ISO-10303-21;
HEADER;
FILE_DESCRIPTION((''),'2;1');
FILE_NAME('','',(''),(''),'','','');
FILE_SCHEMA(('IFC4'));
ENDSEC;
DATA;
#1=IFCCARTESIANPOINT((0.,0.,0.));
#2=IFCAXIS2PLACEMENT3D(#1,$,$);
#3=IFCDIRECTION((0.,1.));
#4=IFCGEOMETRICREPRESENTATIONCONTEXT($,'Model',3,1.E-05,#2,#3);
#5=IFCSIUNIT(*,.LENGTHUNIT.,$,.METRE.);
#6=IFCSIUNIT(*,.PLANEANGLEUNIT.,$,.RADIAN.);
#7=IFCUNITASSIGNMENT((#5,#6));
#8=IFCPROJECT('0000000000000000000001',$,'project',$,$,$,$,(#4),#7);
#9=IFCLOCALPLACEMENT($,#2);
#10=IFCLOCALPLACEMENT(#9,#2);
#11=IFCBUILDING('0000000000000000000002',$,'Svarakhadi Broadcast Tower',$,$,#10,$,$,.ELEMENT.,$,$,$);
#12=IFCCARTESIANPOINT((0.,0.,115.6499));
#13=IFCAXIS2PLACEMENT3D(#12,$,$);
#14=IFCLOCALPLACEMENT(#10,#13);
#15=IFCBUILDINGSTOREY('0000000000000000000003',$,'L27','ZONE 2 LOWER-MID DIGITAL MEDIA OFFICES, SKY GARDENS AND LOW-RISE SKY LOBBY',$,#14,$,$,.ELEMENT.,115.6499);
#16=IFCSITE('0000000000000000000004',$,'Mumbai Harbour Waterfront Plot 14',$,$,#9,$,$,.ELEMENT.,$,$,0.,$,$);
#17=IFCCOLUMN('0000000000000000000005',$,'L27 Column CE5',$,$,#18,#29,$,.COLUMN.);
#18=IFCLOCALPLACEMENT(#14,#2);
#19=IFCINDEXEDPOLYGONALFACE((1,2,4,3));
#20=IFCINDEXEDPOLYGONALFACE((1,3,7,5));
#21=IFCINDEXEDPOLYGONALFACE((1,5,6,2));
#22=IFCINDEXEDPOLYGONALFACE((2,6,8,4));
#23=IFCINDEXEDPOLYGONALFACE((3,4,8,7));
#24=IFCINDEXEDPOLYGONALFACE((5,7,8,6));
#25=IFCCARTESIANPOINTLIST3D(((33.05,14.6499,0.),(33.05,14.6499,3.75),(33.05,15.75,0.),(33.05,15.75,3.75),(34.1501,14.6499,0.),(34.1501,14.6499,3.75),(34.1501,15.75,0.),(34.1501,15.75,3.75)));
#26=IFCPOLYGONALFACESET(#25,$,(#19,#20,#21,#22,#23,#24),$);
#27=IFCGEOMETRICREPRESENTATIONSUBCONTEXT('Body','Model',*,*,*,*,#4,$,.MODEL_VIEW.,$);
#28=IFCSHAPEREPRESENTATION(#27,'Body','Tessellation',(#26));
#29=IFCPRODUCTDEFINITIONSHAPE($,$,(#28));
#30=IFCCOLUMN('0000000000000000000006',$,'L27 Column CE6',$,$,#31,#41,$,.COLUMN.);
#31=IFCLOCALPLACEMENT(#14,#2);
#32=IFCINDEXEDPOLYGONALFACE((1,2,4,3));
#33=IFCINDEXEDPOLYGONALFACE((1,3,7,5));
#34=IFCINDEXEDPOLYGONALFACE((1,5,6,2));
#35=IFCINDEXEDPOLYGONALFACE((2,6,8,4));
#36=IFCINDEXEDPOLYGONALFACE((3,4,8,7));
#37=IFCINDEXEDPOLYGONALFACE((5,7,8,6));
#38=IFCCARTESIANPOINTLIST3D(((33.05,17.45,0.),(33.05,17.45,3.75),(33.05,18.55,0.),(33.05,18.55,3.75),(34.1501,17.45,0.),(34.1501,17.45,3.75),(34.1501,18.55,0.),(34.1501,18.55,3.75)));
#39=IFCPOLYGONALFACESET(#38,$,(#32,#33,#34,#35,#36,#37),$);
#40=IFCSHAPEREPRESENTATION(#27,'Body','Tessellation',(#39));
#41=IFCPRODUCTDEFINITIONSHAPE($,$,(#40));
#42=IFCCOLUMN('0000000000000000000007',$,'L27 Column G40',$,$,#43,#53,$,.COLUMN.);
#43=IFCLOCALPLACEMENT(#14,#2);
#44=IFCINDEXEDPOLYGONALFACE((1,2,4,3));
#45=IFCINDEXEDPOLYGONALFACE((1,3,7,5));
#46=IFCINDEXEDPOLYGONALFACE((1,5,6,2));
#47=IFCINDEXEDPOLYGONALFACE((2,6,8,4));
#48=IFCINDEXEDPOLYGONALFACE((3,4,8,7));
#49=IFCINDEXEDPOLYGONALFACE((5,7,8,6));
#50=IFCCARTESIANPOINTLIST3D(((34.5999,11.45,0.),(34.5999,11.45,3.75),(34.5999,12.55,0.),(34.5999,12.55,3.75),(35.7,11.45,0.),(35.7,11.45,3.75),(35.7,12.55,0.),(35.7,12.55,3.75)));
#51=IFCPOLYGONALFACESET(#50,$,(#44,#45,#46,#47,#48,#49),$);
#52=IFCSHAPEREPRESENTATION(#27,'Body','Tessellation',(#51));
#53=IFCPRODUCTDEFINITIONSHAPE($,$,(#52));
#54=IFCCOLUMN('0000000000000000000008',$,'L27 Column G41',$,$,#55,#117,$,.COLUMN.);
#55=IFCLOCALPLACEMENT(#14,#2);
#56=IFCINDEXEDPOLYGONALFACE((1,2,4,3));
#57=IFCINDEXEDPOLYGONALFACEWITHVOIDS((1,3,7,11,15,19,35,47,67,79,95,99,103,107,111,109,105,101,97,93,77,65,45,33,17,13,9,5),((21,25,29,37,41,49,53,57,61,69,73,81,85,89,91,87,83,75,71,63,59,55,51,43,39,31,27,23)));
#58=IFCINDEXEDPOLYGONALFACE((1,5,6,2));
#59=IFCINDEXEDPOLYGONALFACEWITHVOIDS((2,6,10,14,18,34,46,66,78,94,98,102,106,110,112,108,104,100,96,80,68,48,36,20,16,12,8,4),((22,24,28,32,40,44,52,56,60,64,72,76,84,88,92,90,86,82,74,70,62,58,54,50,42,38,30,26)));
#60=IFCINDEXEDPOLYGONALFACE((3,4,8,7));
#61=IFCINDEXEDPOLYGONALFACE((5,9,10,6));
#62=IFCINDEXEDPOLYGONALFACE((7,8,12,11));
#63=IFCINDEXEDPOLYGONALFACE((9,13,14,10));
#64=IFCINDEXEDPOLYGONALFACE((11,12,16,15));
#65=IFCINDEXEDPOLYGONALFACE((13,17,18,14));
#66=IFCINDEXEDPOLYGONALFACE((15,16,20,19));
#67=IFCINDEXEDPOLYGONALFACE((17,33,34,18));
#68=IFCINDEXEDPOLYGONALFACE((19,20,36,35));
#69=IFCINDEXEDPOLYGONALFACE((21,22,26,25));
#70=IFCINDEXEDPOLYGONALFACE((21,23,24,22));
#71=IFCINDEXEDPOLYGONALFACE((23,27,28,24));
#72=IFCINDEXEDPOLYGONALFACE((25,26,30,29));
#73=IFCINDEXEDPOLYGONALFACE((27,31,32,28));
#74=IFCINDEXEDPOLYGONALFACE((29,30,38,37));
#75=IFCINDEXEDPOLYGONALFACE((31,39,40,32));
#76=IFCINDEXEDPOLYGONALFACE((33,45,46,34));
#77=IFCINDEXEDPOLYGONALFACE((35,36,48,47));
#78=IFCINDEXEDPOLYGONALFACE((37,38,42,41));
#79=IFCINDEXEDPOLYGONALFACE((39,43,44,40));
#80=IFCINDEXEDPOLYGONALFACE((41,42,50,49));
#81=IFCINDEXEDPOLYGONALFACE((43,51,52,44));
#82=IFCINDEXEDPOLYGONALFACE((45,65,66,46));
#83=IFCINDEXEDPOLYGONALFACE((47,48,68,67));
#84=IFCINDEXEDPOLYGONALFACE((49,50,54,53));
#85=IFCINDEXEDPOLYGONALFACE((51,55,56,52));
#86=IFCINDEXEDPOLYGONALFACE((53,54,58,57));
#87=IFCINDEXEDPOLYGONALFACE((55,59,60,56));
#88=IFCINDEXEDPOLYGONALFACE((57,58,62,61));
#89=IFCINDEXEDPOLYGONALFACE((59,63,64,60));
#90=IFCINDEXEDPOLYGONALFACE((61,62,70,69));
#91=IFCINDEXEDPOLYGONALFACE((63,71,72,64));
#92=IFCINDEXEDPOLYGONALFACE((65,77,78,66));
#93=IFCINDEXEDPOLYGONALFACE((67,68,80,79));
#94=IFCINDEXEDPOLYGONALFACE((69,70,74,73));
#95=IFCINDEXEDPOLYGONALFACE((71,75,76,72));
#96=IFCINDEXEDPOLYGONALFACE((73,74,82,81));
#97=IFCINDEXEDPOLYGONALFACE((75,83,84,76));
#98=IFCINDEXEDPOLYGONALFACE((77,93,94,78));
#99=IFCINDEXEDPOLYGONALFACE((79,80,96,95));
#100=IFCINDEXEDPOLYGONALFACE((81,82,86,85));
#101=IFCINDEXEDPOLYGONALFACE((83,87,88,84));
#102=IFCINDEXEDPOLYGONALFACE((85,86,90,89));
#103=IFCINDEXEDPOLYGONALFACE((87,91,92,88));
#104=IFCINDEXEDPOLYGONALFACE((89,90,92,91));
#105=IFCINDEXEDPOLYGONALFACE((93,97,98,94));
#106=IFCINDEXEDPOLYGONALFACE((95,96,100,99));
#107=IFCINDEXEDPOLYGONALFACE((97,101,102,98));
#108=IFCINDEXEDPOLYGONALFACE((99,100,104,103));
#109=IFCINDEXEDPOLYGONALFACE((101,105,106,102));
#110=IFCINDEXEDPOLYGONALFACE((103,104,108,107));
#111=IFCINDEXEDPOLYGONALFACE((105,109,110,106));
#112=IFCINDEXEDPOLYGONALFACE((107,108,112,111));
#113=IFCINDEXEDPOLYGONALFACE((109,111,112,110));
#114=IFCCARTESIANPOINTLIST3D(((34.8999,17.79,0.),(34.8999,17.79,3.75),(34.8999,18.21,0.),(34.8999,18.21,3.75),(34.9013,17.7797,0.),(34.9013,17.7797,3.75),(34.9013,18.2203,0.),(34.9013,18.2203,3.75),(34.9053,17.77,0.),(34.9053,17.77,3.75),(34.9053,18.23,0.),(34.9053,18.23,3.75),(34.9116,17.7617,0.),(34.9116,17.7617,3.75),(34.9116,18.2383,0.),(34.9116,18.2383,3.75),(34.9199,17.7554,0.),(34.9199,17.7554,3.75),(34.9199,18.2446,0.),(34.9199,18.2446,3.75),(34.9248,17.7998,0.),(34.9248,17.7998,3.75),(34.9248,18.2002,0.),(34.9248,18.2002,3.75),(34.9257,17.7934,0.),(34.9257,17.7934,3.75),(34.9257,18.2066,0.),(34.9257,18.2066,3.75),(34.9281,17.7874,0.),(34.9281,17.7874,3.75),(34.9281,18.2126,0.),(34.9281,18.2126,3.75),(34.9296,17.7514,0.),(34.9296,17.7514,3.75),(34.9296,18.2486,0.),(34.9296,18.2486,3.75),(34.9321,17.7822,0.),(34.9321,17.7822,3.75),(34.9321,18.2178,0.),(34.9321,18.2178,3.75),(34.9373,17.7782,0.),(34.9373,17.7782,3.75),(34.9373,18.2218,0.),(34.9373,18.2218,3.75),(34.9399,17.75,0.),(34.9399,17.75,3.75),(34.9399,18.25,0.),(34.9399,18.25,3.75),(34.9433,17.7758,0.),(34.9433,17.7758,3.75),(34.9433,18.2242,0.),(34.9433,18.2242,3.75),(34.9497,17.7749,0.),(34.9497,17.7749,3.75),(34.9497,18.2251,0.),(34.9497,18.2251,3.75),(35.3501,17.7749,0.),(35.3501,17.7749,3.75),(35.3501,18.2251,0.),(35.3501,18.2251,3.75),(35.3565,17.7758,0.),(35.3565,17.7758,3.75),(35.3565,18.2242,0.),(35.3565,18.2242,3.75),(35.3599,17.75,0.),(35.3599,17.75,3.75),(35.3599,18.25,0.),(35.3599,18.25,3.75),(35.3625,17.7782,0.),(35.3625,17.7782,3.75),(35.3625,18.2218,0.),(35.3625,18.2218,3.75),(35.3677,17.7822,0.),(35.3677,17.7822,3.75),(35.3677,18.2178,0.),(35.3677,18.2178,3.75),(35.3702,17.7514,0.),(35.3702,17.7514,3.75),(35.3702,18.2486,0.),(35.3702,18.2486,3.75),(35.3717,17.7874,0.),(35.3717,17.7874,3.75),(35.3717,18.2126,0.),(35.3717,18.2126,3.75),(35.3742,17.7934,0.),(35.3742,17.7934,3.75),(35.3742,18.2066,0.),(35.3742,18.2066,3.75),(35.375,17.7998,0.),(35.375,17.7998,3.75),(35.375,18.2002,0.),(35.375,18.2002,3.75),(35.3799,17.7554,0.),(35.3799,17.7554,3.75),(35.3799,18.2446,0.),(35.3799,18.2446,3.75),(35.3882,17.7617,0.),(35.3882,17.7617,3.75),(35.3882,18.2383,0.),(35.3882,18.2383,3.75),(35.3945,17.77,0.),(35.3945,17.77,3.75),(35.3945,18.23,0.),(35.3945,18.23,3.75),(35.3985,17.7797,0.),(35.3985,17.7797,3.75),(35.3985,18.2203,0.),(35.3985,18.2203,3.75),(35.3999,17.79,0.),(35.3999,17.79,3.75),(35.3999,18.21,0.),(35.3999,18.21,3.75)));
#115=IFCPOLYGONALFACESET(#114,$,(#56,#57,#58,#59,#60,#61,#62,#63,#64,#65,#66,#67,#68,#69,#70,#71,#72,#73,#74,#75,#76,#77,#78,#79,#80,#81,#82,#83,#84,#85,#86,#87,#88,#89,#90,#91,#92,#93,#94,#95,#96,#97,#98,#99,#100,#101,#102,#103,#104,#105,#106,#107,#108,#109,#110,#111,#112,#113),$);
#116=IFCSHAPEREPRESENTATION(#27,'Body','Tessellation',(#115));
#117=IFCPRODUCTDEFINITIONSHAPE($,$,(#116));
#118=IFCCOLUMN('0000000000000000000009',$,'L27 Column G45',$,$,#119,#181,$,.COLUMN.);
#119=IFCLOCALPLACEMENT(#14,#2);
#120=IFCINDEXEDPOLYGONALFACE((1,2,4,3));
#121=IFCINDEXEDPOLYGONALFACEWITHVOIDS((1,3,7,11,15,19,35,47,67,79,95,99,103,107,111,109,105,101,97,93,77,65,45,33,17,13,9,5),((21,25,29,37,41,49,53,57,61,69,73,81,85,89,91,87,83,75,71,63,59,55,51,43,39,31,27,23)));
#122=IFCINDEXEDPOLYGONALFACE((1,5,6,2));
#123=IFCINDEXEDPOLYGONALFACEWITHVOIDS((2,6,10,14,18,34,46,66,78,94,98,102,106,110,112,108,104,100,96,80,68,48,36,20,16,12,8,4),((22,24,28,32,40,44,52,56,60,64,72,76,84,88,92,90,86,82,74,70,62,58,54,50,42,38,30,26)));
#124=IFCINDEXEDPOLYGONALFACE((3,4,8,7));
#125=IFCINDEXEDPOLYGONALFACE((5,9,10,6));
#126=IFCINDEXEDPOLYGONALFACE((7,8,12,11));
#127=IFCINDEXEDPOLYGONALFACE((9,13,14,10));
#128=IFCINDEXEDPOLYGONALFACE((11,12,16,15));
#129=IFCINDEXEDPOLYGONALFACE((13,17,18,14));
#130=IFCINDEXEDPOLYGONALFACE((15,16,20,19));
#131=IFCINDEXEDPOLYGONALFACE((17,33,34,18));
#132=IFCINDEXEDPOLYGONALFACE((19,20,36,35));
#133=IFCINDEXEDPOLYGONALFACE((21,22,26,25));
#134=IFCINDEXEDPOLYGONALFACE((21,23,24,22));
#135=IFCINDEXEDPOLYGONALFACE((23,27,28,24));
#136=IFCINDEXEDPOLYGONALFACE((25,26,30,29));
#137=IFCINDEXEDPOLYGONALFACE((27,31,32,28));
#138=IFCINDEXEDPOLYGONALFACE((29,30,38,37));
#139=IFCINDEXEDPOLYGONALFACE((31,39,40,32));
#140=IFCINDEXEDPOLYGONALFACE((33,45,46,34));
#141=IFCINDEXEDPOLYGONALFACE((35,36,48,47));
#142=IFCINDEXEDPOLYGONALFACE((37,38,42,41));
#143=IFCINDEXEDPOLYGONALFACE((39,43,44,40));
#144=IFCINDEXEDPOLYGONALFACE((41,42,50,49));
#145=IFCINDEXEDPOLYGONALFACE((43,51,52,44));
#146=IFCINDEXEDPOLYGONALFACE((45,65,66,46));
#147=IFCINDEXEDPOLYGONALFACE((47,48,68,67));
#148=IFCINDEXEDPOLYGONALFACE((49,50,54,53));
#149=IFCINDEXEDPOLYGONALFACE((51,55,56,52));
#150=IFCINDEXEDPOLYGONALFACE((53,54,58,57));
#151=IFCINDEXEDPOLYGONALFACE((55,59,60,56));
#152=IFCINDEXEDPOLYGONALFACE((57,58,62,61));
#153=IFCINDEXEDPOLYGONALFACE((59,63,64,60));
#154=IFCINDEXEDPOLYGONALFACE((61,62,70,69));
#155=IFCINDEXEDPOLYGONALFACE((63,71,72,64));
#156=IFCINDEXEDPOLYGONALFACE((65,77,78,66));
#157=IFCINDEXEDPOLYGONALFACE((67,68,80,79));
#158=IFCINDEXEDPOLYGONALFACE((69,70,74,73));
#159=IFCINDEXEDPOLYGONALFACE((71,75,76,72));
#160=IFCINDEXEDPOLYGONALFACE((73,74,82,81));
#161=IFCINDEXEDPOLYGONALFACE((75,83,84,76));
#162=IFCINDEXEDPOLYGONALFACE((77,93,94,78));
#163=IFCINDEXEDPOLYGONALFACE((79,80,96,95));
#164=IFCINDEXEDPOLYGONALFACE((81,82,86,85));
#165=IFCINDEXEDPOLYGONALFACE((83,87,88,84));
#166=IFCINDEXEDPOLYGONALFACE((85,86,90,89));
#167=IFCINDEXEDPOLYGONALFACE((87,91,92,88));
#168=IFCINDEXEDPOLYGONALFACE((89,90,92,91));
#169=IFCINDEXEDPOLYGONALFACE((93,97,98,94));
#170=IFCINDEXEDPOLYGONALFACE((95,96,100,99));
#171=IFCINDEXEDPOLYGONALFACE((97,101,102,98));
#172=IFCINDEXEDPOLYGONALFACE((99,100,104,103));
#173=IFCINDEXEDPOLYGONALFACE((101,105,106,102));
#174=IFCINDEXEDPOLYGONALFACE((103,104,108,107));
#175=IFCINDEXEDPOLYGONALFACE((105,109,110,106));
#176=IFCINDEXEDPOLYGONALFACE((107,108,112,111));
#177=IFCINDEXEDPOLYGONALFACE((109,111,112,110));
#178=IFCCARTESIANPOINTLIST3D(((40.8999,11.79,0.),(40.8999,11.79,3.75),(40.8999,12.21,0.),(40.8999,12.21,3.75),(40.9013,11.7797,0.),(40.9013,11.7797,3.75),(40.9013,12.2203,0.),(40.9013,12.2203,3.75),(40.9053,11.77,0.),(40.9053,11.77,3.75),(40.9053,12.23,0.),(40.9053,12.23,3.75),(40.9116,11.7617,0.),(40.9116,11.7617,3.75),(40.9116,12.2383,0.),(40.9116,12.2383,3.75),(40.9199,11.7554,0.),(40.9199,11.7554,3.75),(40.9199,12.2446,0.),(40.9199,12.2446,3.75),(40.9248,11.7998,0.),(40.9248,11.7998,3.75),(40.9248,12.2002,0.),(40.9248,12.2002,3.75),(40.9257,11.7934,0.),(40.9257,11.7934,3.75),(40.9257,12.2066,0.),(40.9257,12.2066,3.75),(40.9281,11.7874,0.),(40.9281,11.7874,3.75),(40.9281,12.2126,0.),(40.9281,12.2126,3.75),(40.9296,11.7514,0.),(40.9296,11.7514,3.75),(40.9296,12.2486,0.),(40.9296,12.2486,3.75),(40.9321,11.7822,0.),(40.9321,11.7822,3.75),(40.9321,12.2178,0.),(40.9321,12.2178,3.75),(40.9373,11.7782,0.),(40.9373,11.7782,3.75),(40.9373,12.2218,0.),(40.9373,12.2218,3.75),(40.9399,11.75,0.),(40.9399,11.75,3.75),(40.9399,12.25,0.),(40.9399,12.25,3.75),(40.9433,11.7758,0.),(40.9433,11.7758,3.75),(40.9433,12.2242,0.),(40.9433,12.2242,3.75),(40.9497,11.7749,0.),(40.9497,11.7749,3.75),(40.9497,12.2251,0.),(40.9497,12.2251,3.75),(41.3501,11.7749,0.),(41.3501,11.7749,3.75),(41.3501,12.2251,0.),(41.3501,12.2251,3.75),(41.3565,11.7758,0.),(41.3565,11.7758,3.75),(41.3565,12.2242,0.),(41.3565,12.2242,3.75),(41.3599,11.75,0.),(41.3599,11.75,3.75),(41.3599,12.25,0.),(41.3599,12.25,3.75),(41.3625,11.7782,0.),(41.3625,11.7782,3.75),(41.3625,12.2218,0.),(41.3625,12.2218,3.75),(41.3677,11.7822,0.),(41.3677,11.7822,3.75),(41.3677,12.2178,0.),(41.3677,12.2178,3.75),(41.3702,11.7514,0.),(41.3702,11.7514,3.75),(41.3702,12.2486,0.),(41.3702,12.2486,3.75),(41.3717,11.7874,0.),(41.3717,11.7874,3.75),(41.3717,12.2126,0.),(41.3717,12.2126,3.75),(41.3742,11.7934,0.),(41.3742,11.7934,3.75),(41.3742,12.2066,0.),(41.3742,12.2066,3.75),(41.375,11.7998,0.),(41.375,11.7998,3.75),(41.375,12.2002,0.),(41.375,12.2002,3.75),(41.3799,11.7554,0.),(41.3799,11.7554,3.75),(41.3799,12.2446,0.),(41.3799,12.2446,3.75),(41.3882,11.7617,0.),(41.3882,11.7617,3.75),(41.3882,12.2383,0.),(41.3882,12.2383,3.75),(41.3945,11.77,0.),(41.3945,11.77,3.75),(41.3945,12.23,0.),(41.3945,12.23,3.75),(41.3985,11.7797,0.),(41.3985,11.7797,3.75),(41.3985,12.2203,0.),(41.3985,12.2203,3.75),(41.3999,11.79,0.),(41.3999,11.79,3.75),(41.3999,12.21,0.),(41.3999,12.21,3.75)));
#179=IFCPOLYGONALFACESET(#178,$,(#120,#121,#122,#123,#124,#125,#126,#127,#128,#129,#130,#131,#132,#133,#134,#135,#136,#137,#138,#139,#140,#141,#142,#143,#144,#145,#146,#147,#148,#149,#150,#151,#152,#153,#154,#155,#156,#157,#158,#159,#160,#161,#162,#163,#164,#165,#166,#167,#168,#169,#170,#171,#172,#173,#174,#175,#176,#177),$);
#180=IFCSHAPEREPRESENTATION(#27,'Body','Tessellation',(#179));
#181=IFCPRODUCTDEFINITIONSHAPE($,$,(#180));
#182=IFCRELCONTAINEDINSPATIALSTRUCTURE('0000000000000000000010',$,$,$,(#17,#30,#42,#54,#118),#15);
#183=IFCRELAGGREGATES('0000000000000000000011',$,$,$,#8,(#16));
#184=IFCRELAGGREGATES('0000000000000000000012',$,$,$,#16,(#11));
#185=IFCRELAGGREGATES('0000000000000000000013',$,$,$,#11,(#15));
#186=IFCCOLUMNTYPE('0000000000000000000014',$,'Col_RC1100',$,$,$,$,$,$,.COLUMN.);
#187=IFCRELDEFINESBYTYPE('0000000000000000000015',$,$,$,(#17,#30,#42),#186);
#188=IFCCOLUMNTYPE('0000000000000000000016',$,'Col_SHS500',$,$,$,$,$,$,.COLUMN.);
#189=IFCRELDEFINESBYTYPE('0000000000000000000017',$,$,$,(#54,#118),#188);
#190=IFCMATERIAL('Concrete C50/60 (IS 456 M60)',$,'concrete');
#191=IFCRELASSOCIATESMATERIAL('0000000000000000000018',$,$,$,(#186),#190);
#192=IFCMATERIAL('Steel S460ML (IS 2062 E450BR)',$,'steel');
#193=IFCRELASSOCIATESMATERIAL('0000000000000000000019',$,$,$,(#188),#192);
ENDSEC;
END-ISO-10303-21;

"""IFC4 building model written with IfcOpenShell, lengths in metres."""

from ifc_helpers import new_model, si_unit, direction, frame, origin, origin_2d, place, context, subcontext, project, spatial, rectangle, hollow_rectangle, extrude, material, material_profile, profile_set, type_object, element, save


model = new_model("IFC4")

# Units and contexts
model_context = context("Model", 3, precision=1e-05, world=origin(), true_north=direction((0.0, 1.0)))
body_context = subcontext(model_context, "Body", "Model", "MODEL_VIEW")
ifc_project = project(units=[si_unit("LENGTHUNIT", "METRE"), si_unit("PLANEANGLEUNIT", "RADIAN")], contexts=[model_context])

# Site, building, storey
site_placement = place(None, origin())
site = spatial("IfcSite", under=ifc_project, at=site_placement, Name="Mumbai Harbour Waterfront Plot 14", CompositionType="ELEMENT", RefElevation=0.0)
building_placement = place(site_placement, origin())
building = spatial("IfcBuilding", under=site, at=building_placement, Name="Svarakhadi Broadcast Tower", CompositionType="ELEMENT")
storey_placement = place(building_placement, frame((0.0, 0.0, 115.6499)))
storey = spatial("IfcBuildingStorey", under=building, at=storey_placement, Name="L27", Description="ZONE 2 LOWER-MID DIGITAL MEDIA OFFICES, SKY GARDENS AND LOW-RISE SKY LOBBY", CompositionType="ELEMENT", Elevation=115.6499)

# Columns
ifc_material_1 = material(Name="Concrete C50/60 (IS 456 M60)", Category="concrete")
ifc_material_profile_1 = material_profile(ifc_material_1, rectangle(XDim=1.1001, YDim=1.1001, at=origin_2d()), Name="RC 1100x1100")
ifc_profile_set_1 = profile_set([ifc_material_profile_1], Name="Concrete C50/60 (IS 456 M60)")
column_type_1 = type_object("IfcColumnType", Name="Col_RC1100", PredefinedType="COLUMN", material=ifc_profile_set_1)
for number, where, z_axis, x_axis, name in (
    (1, (33.6001, 15.2, 0.0), (0.0, 0.0, 1.0), (1.0, 0.0, 0.0), "L27 Column CE5"),
    (2, (33.6001, 18.0, 0.0), (0.0, 0.0, 1.0), (1.0, 0.0, 0.0), "L27 Column CE6"),
    (3, (35.1499, 12.0, 0.0), (0.0, 0.0, 1.0), (1.0, 0.0, 0.0), "L27 Column G40"),
):
    element("IfcColumn", number, at=place(storey_placement, frame(where, z_axis=z_axis, x_axis=x_axis)), inside=storey, type_object=column_type_1, Name=name, PredefinedType="COLUMN", context=body_context, shape_type="SweptSolid", body=[
        extrude(rectangle(XDim=1.1001, YDim=1.1001, at=origin_2d()), origin(), (0.0, 0.0, 1.0), 3.75),
    ])
ifc_material_2 = material(Name="Steel S460ML (IS 2062 E450BR)", Category="steel")
ifc_material_profile_2 = material_profile(ifc_material_2, hollow_rectangle(XDim=0.5, YDim=0.5, WallThickness=0.0249, InnerFilletRadius=0.0249, OuterFilletRadius=0.04, at=origin_2d()), Name="SHS 500x500x25")
ifc_profile_set_2 = profile_set([ifc_material_profile_2], Name="Steel S460ML (IS 2062 E450BR)")
column_type_2 = type_object("IfcColumnType", Name="Col_SHS500", PredefinedType="COLUMN", material=ifc_profile_set_2)
for number, where, z_axis, x_axis, name in (
    (4, (35.1499, 18.0, 0.0), (0.0, 0.0, 1.0), (1.0, 0.0, 0.0), "L27 Column G41"),
    (5, (41.1499, 12.0, 0.0), (0.0, 0.0, 1.0), (1.0, 0.0, 0.0), "L27 Column G45"),
):
    element("IfcColumn", number, at=place(storey_placement, frame(where, z_axis=z_axis, x_axis=x_axis)), inside=storey, type_object=column_type_2, Name=name, PredefinedType="COLUMN", context=body_context, shape_type="SweptSolid", body=[
        extrude(hollow_rectangle(XDim=0.5, YDim=0.5, WallThickness=0.0249, InnerFilletRadius=0.0249, OuterFilletRadius=0.04, at=origin_2d()), origin(), (0.0, 0.0, 1.0), 3.75),
    ])

save(model, "model.ifc")
